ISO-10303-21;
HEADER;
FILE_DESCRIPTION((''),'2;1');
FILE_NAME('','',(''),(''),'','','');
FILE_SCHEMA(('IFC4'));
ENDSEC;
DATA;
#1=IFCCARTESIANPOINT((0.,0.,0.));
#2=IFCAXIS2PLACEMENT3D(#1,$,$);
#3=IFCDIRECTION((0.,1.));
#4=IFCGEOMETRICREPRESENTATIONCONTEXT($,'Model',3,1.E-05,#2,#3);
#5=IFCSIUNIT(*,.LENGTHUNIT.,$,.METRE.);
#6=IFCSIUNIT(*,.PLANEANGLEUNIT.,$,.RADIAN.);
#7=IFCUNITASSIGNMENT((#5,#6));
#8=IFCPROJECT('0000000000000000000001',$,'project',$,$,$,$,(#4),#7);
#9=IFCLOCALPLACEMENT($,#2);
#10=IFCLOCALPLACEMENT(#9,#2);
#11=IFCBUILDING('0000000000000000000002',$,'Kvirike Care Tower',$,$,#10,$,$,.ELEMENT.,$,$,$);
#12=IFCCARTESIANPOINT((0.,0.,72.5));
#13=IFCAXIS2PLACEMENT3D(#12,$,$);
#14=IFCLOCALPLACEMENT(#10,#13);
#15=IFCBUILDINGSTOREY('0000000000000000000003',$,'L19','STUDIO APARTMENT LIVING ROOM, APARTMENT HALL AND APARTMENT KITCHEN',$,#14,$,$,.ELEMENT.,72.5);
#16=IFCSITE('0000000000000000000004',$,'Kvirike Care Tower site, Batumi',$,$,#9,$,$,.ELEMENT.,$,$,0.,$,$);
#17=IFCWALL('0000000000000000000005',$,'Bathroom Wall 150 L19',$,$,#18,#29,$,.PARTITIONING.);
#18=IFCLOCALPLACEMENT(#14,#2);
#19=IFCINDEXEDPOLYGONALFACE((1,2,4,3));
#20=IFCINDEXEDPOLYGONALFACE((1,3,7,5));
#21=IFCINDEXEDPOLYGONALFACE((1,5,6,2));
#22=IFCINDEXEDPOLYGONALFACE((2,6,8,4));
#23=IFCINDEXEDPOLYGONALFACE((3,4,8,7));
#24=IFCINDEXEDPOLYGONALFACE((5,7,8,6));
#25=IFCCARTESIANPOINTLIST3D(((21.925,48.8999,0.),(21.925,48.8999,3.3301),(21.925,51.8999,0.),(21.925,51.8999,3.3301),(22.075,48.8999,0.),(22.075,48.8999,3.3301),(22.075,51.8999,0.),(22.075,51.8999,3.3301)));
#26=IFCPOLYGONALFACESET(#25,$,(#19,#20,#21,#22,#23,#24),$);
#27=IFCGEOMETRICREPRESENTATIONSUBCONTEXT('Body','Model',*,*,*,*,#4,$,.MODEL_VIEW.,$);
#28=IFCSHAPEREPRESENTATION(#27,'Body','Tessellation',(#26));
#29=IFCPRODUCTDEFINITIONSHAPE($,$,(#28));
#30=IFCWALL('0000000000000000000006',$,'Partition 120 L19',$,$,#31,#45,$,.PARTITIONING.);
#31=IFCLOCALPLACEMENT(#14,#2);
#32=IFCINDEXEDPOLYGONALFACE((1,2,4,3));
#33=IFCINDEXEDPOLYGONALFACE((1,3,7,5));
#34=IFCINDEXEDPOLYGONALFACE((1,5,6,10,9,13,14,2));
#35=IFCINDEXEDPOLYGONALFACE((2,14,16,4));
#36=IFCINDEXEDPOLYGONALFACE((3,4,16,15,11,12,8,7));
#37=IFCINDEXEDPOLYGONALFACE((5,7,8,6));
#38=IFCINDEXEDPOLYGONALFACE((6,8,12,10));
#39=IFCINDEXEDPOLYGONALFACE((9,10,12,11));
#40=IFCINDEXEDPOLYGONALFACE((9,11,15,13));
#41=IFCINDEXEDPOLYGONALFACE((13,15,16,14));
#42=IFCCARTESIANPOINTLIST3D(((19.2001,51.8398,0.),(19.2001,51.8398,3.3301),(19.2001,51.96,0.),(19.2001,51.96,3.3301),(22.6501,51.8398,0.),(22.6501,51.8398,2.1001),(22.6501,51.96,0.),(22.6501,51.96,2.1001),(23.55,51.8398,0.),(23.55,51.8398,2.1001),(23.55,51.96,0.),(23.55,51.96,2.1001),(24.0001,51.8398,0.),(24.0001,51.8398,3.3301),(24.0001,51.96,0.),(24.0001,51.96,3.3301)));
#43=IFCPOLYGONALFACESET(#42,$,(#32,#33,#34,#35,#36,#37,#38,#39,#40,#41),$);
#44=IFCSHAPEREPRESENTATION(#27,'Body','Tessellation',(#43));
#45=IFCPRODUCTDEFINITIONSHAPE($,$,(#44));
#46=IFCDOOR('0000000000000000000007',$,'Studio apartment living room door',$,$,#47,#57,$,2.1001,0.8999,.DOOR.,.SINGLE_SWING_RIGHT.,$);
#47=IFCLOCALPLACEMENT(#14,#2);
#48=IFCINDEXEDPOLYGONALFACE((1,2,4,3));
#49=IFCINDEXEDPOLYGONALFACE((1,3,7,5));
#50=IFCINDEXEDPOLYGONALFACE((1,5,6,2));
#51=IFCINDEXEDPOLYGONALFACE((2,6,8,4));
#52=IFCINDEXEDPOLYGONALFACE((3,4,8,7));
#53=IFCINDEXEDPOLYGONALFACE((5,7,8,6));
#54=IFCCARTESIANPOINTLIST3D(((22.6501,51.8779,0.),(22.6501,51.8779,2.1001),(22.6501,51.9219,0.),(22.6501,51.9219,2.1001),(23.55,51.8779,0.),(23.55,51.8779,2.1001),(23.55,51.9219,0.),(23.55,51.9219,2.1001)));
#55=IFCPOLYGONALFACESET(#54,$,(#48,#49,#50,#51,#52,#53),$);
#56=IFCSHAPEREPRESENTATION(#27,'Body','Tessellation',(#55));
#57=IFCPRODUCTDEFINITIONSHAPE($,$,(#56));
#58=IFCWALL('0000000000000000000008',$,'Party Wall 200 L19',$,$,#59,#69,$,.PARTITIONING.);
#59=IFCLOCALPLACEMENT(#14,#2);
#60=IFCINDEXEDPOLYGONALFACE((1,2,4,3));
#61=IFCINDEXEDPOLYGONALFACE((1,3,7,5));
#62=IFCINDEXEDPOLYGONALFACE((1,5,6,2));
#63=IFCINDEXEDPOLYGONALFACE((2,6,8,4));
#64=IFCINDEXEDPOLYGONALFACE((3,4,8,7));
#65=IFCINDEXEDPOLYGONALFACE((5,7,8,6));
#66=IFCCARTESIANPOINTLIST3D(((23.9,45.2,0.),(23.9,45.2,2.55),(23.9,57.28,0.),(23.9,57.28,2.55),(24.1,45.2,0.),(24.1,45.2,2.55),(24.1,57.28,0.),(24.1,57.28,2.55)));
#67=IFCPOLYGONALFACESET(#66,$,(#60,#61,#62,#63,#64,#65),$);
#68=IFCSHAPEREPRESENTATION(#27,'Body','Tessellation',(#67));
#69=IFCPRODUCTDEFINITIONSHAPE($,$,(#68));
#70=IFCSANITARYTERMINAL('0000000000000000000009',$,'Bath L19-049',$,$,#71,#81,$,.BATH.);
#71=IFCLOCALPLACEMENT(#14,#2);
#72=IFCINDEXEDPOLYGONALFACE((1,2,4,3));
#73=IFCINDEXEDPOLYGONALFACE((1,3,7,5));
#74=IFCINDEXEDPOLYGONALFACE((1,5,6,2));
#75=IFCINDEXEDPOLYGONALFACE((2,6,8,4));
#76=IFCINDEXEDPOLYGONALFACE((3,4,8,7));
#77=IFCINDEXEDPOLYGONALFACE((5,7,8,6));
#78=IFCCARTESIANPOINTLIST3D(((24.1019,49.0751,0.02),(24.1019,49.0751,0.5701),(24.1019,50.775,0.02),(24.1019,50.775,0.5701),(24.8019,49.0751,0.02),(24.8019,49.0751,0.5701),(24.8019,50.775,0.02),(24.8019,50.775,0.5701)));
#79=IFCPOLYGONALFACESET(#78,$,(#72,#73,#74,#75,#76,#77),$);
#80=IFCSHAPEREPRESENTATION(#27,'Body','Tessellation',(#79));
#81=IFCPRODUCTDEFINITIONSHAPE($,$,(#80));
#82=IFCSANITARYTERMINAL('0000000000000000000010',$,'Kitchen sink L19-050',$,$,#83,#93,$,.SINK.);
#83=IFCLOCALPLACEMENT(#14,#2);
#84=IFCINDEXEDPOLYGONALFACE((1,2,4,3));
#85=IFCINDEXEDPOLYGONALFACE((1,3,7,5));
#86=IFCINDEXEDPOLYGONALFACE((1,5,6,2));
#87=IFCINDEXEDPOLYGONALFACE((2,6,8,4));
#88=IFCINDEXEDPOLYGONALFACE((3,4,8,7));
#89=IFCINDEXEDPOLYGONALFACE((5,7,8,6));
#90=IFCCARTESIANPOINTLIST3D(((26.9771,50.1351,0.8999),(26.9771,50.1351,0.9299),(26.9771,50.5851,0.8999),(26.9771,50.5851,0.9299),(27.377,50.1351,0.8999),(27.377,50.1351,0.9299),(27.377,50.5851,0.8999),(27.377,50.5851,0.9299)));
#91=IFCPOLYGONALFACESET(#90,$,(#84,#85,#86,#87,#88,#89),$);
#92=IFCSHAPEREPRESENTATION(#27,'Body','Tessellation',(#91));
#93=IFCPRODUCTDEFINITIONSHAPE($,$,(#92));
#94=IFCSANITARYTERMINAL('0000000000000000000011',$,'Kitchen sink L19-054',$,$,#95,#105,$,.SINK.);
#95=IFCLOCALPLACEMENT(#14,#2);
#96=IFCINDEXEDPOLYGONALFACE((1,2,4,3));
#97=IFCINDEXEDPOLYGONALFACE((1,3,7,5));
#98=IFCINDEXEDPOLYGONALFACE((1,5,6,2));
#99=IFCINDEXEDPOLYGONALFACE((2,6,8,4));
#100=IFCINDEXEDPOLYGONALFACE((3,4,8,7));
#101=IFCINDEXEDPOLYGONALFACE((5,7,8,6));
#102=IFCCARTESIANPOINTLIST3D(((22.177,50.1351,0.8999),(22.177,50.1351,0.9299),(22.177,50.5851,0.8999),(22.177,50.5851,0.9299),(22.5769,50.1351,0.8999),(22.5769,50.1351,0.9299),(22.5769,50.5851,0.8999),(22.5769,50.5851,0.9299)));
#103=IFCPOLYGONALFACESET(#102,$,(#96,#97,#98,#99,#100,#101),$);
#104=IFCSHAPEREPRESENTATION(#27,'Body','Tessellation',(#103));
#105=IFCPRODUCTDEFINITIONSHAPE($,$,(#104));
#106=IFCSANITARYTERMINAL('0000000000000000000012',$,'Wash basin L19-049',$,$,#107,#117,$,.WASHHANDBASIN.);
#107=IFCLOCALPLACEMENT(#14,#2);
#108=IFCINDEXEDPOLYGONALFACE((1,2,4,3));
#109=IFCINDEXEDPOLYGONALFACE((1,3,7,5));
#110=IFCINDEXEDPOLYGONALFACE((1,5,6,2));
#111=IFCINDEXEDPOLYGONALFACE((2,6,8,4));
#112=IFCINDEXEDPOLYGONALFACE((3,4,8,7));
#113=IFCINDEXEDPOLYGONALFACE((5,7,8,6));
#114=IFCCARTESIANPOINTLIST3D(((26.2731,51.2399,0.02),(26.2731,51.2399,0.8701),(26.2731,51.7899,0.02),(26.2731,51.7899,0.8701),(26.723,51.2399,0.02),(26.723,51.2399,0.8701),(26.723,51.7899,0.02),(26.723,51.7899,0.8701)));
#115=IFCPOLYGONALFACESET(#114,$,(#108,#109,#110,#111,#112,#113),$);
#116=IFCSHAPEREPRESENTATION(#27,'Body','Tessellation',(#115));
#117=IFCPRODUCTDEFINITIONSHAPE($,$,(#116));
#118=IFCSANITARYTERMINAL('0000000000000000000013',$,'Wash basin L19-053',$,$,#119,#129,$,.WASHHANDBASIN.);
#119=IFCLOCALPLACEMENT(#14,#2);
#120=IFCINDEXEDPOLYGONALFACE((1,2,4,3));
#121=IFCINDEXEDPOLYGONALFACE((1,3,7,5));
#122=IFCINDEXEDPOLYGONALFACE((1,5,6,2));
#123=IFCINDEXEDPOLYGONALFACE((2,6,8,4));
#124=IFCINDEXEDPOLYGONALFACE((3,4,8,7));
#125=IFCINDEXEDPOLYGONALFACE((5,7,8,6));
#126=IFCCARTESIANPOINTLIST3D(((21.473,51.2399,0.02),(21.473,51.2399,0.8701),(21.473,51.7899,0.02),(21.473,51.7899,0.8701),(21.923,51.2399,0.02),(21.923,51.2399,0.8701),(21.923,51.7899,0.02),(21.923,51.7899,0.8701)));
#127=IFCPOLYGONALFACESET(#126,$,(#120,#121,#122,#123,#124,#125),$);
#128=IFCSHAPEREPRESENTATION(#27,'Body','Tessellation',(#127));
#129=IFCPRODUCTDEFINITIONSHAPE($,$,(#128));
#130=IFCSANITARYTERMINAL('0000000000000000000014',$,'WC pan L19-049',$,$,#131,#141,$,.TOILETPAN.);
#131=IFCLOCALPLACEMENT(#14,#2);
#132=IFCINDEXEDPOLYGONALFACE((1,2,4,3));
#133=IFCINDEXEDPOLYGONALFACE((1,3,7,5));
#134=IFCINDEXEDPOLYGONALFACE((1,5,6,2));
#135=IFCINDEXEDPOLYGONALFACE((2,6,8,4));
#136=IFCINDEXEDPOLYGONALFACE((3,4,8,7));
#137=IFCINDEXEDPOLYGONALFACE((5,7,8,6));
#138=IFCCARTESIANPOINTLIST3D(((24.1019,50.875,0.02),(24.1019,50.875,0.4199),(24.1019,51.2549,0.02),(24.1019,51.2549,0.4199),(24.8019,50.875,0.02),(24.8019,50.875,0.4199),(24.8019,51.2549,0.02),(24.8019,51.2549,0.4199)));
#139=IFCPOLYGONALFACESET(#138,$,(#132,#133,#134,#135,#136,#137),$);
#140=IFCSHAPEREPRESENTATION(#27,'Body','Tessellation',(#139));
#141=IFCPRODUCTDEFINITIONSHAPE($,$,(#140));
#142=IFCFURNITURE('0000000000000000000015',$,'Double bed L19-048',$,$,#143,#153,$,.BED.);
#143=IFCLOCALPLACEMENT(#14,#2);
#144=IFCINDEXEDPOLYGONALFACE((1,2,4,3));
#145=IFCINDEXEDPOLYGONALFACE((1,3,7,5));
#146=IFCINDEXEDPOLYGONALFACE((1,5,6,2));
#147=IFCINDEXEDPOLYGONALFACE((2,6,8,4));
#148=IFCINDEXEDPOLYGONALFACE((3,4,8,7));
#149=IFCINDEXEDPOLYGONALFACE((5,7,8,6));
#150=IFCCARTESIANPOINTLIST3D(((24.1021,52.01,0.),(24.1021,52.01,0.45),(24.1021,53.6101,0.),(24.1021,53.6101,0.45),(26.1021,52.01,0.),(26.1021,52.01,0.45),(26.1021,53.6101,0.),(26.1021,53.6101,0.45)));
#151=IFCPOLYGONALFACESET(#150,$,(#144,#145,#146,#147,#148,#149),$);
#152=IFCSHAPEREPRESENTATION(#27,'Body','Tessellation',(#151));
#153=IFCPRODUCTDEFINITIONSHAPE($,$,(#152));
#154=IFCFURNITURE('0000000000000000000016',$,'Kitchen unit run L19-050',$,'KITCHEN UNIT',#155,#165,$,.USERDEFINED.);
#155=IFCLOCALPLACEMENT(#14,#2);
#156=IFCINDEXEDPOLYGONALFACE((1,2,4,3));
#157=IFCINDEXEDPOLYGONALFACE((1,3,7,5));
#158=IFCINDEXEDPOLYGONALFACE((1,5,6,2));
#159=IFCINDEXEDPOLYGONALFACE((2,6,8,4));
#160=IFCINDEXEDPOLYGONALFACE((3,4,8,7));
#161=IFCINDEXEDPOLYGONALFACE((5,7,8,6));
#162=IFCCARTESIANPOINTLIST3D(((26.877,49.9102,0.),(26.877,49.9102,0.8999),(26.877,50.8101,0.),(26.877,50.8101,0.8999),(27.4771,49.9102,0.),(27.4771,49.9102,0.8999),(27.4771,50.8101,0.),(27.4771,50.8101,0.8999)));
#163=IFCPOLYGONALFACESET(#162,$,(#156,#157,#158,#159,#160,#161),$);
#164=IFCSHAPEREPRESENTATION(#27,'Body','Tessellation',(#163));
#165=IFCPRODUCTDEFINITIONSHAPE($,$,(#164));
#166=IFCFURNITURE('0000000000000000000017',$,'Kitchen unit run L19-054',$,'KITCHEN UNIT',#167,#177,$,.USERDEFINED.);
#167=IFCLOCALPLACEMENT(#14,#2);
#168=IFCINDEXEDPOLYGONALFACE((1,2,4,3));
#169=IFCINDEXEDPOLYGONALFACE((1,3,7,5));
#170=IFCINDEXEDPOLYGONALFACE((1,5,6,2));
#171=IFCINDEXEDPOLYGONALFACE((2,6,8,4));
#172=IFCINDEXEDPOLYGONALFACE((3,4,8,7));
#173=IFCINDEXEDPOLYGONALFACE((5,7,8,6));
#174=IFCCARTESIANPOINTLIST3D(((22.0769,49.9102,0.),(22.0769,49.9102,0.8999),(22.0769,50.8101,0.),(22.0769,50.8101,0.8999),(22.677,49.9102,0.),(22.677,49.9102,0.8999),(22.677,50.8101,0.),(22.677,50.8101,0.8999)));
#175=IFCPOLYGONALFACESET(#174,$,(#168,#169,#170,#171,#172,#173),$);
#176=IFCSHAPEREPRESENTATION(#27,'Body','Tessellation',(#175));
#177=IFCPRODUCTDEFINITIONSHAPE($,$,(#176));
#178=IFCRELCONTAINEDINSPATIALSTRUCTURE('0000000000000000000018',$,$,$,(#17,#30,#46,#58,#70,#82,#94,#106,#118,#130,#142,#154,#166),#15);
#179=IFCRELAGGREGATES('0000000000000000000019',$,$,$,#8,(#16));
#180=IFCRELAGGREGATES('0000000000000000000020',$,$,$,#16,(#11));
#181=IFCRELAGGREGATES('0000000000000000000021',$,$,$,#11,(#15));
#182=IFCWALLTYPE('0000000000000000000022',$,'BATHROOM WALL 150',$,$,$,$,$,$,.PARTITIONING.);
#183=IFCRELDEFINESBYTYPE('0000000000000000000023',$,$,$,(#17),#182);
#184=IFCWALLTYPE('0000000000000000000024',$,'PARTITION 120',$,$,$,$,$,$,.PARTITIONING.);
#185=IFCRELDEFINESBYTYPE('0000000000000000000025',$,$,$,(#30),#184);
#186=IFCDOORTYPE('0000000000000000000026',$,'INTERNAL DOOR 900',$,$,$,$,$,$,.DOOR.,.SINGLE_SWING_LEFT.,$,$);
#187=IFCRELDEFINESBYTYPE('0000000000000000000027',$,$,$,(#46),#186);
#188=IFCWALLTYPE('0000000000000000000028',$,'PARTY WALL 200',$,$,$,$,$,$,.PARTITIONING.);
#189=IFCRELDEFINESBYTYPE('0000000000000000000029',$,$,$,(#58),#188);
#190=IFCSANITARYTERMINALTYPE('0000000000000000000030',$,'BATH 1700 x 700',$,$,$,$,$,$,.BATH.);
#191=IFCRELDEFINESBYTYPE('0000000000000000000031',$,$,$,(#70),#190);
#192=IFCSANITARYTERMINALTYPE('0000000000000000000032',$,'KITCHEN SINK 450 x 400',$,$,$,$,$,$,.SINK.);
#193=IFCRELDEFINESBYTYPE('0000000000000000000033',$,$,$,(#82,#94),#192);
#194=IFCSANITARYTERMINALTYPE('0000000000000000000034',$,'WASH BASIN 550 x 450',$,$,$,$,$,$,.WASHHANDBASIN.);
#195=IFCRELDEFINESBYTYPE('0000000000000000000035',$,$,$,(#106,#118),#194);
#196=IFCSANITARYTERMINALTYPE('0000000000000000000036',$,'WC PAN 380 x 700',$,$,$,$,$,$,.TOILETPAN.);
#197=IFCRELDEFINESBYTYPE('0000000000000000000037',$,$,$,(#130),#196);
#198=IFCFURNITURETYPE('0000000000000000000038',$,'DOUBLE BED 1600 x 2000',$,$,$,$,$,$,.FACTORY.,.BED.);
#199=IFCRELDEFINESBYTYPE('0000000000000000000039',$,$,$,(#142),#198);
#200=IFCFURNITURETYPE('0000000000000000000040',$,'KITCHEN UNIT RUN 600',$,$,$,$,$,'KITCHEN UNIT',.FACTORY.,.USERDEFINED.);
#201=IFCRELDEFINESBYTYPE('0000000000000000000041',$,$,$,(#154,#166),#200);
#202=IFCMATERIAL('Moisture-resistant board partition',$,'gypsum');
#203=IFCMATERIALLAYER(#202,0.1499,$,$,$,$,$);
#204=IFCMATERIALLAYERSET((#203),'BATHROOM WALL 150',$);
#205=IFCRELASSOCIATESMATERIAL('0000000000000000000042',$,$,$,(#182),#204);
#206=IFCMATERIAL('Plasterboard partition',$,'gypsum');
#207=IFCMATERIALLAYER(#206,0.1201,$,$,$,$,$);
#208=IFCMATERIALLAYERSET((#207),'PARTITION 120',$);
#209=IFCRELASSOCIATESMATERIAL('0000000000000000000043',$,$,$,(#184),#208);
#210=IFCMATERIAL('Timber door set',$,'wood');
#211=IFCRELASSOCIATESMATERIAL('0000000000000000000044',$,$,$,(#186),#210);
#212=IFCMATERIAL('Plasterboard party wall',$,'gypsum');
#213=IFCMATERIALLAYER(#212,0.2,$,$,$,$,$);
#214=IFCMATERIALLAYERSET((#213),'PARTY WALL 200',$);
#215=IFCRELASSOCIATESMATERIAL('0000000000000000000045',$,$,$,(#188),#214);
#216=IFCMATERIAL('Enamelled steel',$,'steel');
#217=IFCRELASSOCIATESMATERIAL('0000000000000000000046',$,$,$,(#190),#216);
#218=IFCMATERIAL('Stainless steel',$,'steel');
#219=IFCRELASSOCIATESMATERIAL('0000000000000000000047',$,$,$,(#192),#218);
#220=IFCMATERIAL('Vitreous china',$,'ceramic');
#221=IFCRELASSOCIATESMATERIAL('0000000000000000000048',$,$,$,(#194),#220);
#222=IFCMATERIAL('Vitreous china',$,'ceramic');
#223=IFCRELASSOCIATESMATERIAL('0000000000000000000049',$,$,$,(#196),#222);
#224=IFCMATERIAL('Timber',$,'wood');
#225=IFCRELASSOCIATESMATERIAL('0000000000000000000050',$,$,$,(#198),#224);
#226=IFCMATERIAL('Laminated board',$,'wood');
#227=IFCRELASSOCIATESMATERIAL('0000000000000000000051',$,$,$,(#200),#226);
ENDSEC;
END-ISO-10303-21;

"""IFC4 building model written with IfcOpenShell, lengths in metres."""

from ifc_helpers import new_model, si_unit, direction, frame, frame_2d, origin, origin_2d, place, context, subcontext, project, spatial, rectangle, extrude, material, layer, layer_set, type_object, element, fill, save


model = new_model("IFC4")

# Units and contexts
model_context = context("Model", 3, precision=1e-05, world=origin(), true_north=direction((0.0, 1.0)))
body_context = subcontext(model_context, "Body", "Model", "MODEL_VIEW")
ifc_project = project(units=[si_unit("LENGTHUNIT", "METRE"), si_unit("PLANEANGLEUNIT", "RADIAN")], contexts=[model_context])

# Site, building, storey
site_placement = place(None, origin())
site = spatial("IfcSite", under=ifc_project, at=site_placement, Name="Kvirike Care Tower site, Batumi", CompositionType="ELEMENT", RefElevation=0.0)
building_placement = place(site_placement, origin())
building = spatial("IfcBuilding", under=site, at=building_placement, Name="Kvirike Care Tower", CompositionType="ELEMENT")
storey_placement = place(building_placement, frame((0.0, 0.0, 72.5)))
storey = spatial("IfcBuildingStorey", under=building, at=storey_placement, Name="L19", Description="STUDIO APARTMENT LIVING ROOM, APARTMENT HALL AND APARTMENT KITCHEN", CompositionType="ELEMENT", Elevation=72.5)

# Wall
ifc_material_1 = material(Name="Moisture-resistant board partition", Category="gypsum")
ifc_layer_1 = layer(ifc_material_1, 0.1499)
ifc_layer_set_1 = layer_set([ifc_layer_1], Name="BATHROOM WALL 150")
wall_type_1 = type_object("IfcWallType", Name="BATHROOM WALL 150", PredefinedType="PARTITIONING", material=ifc_layer_set_1)
for number, where, z_axis, x_axis, name in (
    (1, (22.0, 51.8999, 0.0), (0.0, 0.0, 1.0), (0.0, -1.0, 0.0), "Bathroom Wall 150 L19"),
):
    element("IfcWall", number, at=place(storey_placement, frame(where, z_axis=z_axis, x_axis=x_axis)), inside=storey, type_object=wall_type_1, Name=name, PredefinedType="PARTITIONING", context=body_context, shape_type="SweptSolid", body=[
        extrude(rectangle(XDim=3.0, YDim=0.1499, at=frame_2d((1.5, 0.0))), origin(), (0.0, 0.0, 1.0), 3.3301),
    ])

# Wall, opening, door
ifc_material_2 = material(Name="Plasterboard partition", Category="gypsum")
ifc_layer_2 = layer(ifc_material_2, 0.1201)
ifc_layer_set_2 = layer_set([ifc_layer_2], Name="PARTITION 120")
wall_type_2 = type_object("IfcWallType", Name="PARTITION 120", PredefinedType="PARTITIONING", material=ifc_layer_set_2)
wall_1_placement = place(storey_placement, frame((24.0, 51.8999, 0.0), z_axis=(0.0, 0.0, 1.0), x_axis=(-1.0, 0.0, 0.0)))
wall_1 = element("IfcWall", 2, at=wall_1_placement, inside=storey, type_object=wall_type_2, Name="Partition 120 L19", PredefinedType="PARTITIONING", context=body_context, shape_type="SweptSolid", body=[
    extrude(rectangle(XDim=4.8, YDim=0.1201, at=frame_2d((2.3999, 0.0))), origin(), (0.0, 0.0, 1.0), 3.3301),
])
opening_placement = place(wall_1_placement, frame((0.45, 0.0, 0.0)))
opening = element("IfcOpeningElement", 3, at=opening_placement, cuts=wall_1, PredefinedType="OPENING", context=body_context, shape_type="SweptSolid", body=[
    extrude(rectangle(XDim=0.8999, YDim=2.1001, at=frame_2d((0.45, 1.05))), frame((0.0, 0.0706, 0.0), z_axis=(0.0, -1.0, 0.0), x_axis=(1.0, 0.0, 0.0)), (0.0, 0.0, 1.0), 0.1411),
])
ifc_material_3 = material(Name="Timber door set", Category="wood")
door_type = type_object("IfcDoorType", Name="INTERNAL DOOR 900", OperationType="SINGLE_SWING_LEFT", PredefinedType="DOOR", material=ifc_material_3)
door_placement = place(opening_placement, origin())
door = element("IfcDoor", 4, at=door_placement, inside=storey, type_object=door_type, Name="Studio apartment living room door", OperationType="SINGLE_SWING_RIGHT", OverallHeight=2.1001, OverallWidth=0.8999, PredefinedType="DOOR", context=body_context, shape_type="SweptSolid", body=[
    extrude(rectangle(XDim=0.8999, YDim=2.1001, at=frame_2d((0.45, 1.05))), frame((0.0, 0.022, 0.0), z_axis=(0.0, -1.0, 0.0), x_axis=(1.0, 0.0, 0.0)), (0.0, 0.0, 1.0), 0.0439),
])
fill(opening, door)

# Wall
ifc_material_4 = material(Name="Plasterboard party wall", Category="gypsum")
ifc_layer_3 = layer(ifc_material_4, 0.2)
ifc_layer_set_3 = layer_set([ifc_layer_3], Name="PARTY WALL 200")
wall_type_3 = type_object("IfcWallType", Name="PARTY WALL 200", PredefinedType="PARTITIONING", material=ifc_layer_set_3)
wall_2_placement = place(storey_placement, frame((24.0, 57.28, 0.0), z_axis=(0.0, 0.0, 1.0), x_axis=(0.0, -1.0, 0.0)))
element("IfcWall", 5, at=wall_2_placement, inside=storey, type_object=wall_type_3, Name="Party Wall 200 L19", PredefinedType="PARTITIONING", context=body_context, shape_type="SweptSolid", body=[
    extrude(rectangle(XDim=12.0801, YDim=0.2, at=frame_2d((6.04, 0.0))), origin(), (0.0, 0.0, 1.0), 2.55),
])

# Sanitary terminals
ifc_material_5 = material(Name="Enamelled steel", Category="steel")
sanitary_terminal_type_1 = type_object("IfcSanitaryTerminalType", Name="BATH 1700 x 700", PredefinedType="BATH", material=ifc_material_5)
sanitary_terminal_1_placement = place(storey_placement, frame((24.4519, 49.925, 0.02), z_axis=(0.0, 0.0, 1.0), x_axis=(0.0, 1.0, 0.0)))
element("IfcSanitaryTerminal", 6, at=sanitary_terminal_1_placement, inside=storey, type_object=sanitary_terminal_type_1, Name="Bath L19-049", PredefinedType="BATH", context=body_context, shape_type="SweptSolid", body=[
    extrude(rectangle(XDim=1.7, YDim=0.7, at=origin_2d()), origin(), (0.0, 0.0, 1.0), 0.55),
])
ifc_material_6 = material(Name="Stainless steel", Category="steel")
sanitary_terminal_type_2 = type_object("IfcSanitaryTerminalType", Name="KITCHEN SINK 450 x 400", PredefinedType="SINK", material=ifc_material_6)
for number, where, z_axis, x_axis, name in (
    (7, (27.177, 50.3601, 0.8999), (0.0, 0.0, 1.0), (0.0, 1.0, 0.0), "Kitchen sink L19-050"),
    (8, (22.377, 50.3601, 0.8999), (0.0, 0.0, 1.0), (0.0, 1.0, 0.0), "Kitchen sink L19-054"),
):
    element("IfcSanitaryTerminal", number, at=place(storey_placement, frame(where, z_axis=z_axis, x_axis=x_axis)), inside=storey, type_object=sanitary_terminal_type_2, Name=name, PredefinedType="SINK", context=body_context, shape_type="SweptSolid", body=[
        extrude(rectangle(XDim=0.45, YDim=0.3999, at=origin_2d()), origin(), (0.0, 0.0, 1.0), 0.03),
    ])
ifc_material_7 = material(Name="Vitreous china", Category="ceramic")
sanitary_terminal_type_3 = type_object("IfcSanitaryTerminalType", Name="WASH BASIN 550 x 450", PredefinedType="WASHHANDBASIN", material=ifc_material_7)
for number, where, z_axis, x_axis, name in (
    (9, (26.498, 51.5149, 0.02), (0.0, 0.0, 1.0), (0.0, -1.0, 0.0), "Wash basin L19-049"),
    (10, (21.698, 51.5149, 0.02), (0.0, 0.0, 1.0), (0.0, -1.0, 0.0), "Wash basin L19-053"),
):
    element("IfcSanitaryTerminal", number, at=place(storey_placement, frame(where, z_axis=z_axis, x_axis=x_axis)), inside=storey, type_object=sanitary_terminal_type_3, Name=name, PredefinedType="WASHHANDBASIN", context=body_context, shape_type="SweptSolid", body=[
        extrude(rectangle(XDim=0.55, YDim=0.45, at=origin_2d()), origin(), (0.0, 0.0, 1.0), 0.8501),
    ])
ifc_material_8 = material(Name="Vitreous china", Category="ceramic")
sanitary_terminal_type_4 = type_object("IfcSanitaryTerminalType", Name="WC PAN 380 x 700", PredefinedType="TOILETPAN", material=ifc_material_8)
sanitary_terminal_2_placement = place(storey_placement, frame((24.4519, 51.0649, 0.02), z_axis=(0.0, 0.0, 1.0), x_axis=(0.0, 1.0, 0.0)))
element("IfcSanitaryTerminal", 11, at=sanitary_terminal_2_placement, inside=storey, type_object=sanitary_terminal_type_4, Name="WC pan L19-049", PredefinedType="TOILETPAN", context=body_context, shape_type="SweptSolid", body=[
    extrude(rectangle(XDim=0.3799, YDim=0.7, at=origin_2d()), origin(), (0.0, 0.0, 1.0), 0.3999),
])

# Furniture
ifc_material_9 = material(Name="Timber", Category="wood")
furniture_type_1 = type_object("IfcFurnitureType", Name="DOUBLE BED 1600 x 2000", AssemblyPlace="FACTORY", PredefinedType="BED", material=ifc_material_9)
furniture_placement = place(storey_placement, frame((25.1021, 52.8101, 0.0), z_axis=(0.0, 0.0, 1.0), x_axis=(0.0, 1.0, 0.0)))
element("IfcFurniture", 12, at=furniture_placement, inside=storey, type_object=furniture_type_1, Name="Double bed L19-048", PredefinedType="BED", context=body_context, shape_type="SweptSolid", body=[
    extrude(rectangle(XDim=1.6001, YDim=2.0, at=origin_2d()), origin(), (0.0, 0.0, 1.0), 0.45),
])
ifc_material_10 = material(Name="Laminated board", Category="wood")
furniture_type_2 = type_object("IfcFurnitureType", Name="KITCHEN UNIT RUN 600", ElementType="KITCHEN UNIT", AssemblyPlace="FACTORY", PredefinedType="USERDEFINED", material=ifc_material_10)
for number, where, z_axis, x_axis, name in (
    (13, (27.177, 50.3601, 0.0), (0.0, 0.0, 1.0), (0.0, 1.0, 0.0), "Kitchen unit run L19-050"),
    (14, (22.377, 50.3601, 0.0), (0.0, 0.0, 1.0), (0.0, 1.0, 0.0), "Kitchen unit run L19-054"),
):
    element("IfcFurniture", number, at=place(storey_placement, frame(where, z_axis=z_axis, x_axis=x_axis)), inside=storey, type_object=furniture_type_2, Name=name, ObjectType="KITCHEN UNIT", PredefinedType="USERDEFINED", context=body_context, shape_type="SweptSolid", body=[
        extrude(rectangle(XDim=0.8999, YDim=0.6001, at=origin_2d()), origin(), (0.0, 0.0, 1.0), 0.8999),
    ])

save(model, "model.ifc")
